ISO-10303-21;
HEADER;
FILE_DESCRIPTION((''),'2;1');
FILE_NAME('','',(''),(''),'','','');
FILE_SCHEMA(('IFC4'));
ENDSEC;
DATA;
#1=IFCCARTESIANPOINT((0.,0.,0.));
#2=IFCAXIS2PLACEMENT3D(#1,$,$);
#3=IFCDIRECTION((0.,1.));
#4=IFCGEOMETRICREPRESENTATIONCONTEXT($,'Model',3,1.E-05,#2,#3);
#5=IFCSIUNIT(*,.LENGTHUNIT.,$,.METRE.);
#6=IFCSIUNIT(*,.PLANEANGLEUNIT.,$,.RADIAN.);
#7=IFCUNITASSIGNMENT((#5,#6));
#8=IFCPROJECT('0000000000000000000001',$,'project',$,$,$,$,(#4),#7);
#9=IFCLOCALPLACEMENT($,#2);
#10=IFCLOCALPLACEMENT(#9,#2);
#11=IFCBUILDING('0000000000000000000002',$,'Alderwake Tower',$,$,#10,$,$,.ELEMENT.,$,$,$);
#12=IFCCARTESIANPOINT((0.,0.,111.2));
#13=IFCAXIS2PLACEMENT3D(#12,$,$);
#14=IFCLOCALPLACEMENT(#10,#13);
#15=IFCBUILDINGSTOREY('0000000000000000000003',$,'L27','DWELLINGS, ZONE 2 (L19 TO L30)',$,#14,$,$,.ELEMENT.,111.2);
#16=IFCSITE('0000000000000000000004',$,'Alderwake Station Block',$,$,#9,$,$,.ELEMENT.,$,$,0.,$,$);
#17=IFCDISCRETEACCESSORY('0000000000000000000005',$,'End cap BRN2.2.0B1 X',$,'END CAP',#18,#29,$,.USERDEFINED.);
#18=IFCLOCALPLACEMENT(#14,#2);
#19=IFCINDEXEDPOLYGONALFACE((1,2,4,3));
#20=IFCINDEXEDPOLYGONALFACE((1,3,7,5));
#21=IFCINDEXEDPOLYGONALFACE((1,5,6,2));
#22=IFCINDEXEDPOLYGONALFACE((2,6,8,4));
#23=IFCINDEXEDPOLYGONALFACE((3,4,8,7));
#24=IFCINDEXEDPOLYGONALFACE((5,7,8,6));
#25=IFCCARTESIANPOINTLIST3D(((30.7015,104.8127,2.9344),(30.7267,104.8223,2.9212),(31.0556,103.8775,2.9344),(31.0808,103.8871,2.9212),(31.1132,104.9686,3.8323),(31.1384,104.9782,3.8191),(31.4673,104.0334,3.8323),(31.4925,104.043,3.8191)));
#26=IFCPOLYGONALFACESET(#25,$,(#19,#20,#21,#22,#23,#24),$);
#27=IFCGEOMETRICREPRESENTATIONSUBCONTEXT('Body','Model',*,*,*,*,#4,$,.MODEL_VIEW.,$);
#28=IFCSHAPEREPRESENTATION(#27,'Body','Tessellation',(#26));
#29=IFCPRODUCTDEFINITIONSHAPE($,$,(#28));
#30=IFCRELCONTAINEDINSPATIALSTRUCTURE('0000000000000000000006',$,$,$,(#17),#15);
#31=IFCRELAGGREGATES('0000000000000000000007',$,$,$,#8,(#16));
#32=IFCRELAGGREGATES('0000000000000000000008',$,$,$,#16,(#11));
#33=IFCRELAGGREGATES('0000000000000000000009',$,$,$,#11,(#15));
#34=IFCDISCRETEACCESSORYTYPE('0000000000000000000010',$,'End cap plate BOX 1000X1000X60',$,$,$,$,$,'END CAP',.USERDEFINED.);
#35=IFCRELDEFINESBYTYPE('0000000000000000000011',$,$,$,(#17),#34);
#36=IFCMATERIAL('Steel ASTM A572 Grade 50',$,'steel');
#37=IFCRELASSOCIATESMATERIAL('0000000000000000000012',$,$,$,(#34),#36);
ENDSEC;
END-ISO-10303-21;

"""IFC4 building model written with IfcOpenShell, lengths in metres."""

from ifc_helpers import new_model, si_unit, direction, frame, origin, origin_2d, place, context, subcontext, project, spatial, rectangle, extrude, material, material_profile, profile_set, type_object, element, save


model = new_model("IFC4")

# Units and contexts
model_context = context("Model", 3, precision=1e-05, world=origin(), true_north=direction((0.0, 1.0)))
body_context = subcontext(model_context, "Body", "Model", "MODEL_VIEW")
ifc_project = project(units=[si_unit("LENGTHUNIT", "METRE"), si_unit("PLANEANGLEUNIT", "RADIAN")], contexts=[model_context])

# Site, building, storey
site_placement = place(None, origin())
site = spatial("IfcSite", under=ifc_project, at=site_placement, Name="Alderwake Station Block", CompositionType="ELEMENT", RefElevation=0.0)
building_placement = place(site_placement, origin())
building = spatial("IfcBuilding", under=site, at=building_placement, Name="Alderwake Tower", CompositionType="ELEMENT")
storey_placement = place(building_placement, frame((0.0, 0.0, 111.2)))
storey = spatial("IfcBuildingStorey", under=building, at=storey_placement, Name="L27", Description="DWELLINGS, ZONE 2 (L19 TO L30)", CompositionType="ELEMENT", Elevation=111.2)

# Discrete accessory
ifc_material_1 = material(Name="Steel ASTM A572 Grade 50", Category="steel")
ifc_material_profile_1 = material_profile(ifc_material_1, rectangle(XDim=1.0, YDim=1.0, at=origin_2d()), Name="BOX 1000X1000X60 cap")
ifc_profile_set_1 = profile_set([ifc_material_profile_1], Name="Steel ASTM A572 Grade 50")
discrete_accessory_type = type_object("IfcDiscreteAccessoryType", Name="End cap plate BOX 1000X1000X60", ElementType="END CAP", PredefinedType="USERDEFINED", material=ifc_profile_set_1)
discrete_accessory_placement = place(storey_placement, frame((31.1096, 104.4326, 3.3701), z_axis=(-0.839705, -0.317947, 0.440234), x_axis=(0.354107, -0.935205, 0.0)))
element("IfcDiscreteAccessory", 1, at=discrete_accessory_placement, inside=storey, type_object=discrete_accessory_type, Name="End cap BRN2.2.0B1 X", ObjectType="END CAP", PredefinedType="USERDEFINED", context=body_context, shape_type="SweptSolid", body=[
    extrude(rectangle(XDim=1.0, YDim=1.0, at=origin_2d()), origin(), (0.0, 0.0, 1.0), 0.03),
])

save(model, "model.ifc")
